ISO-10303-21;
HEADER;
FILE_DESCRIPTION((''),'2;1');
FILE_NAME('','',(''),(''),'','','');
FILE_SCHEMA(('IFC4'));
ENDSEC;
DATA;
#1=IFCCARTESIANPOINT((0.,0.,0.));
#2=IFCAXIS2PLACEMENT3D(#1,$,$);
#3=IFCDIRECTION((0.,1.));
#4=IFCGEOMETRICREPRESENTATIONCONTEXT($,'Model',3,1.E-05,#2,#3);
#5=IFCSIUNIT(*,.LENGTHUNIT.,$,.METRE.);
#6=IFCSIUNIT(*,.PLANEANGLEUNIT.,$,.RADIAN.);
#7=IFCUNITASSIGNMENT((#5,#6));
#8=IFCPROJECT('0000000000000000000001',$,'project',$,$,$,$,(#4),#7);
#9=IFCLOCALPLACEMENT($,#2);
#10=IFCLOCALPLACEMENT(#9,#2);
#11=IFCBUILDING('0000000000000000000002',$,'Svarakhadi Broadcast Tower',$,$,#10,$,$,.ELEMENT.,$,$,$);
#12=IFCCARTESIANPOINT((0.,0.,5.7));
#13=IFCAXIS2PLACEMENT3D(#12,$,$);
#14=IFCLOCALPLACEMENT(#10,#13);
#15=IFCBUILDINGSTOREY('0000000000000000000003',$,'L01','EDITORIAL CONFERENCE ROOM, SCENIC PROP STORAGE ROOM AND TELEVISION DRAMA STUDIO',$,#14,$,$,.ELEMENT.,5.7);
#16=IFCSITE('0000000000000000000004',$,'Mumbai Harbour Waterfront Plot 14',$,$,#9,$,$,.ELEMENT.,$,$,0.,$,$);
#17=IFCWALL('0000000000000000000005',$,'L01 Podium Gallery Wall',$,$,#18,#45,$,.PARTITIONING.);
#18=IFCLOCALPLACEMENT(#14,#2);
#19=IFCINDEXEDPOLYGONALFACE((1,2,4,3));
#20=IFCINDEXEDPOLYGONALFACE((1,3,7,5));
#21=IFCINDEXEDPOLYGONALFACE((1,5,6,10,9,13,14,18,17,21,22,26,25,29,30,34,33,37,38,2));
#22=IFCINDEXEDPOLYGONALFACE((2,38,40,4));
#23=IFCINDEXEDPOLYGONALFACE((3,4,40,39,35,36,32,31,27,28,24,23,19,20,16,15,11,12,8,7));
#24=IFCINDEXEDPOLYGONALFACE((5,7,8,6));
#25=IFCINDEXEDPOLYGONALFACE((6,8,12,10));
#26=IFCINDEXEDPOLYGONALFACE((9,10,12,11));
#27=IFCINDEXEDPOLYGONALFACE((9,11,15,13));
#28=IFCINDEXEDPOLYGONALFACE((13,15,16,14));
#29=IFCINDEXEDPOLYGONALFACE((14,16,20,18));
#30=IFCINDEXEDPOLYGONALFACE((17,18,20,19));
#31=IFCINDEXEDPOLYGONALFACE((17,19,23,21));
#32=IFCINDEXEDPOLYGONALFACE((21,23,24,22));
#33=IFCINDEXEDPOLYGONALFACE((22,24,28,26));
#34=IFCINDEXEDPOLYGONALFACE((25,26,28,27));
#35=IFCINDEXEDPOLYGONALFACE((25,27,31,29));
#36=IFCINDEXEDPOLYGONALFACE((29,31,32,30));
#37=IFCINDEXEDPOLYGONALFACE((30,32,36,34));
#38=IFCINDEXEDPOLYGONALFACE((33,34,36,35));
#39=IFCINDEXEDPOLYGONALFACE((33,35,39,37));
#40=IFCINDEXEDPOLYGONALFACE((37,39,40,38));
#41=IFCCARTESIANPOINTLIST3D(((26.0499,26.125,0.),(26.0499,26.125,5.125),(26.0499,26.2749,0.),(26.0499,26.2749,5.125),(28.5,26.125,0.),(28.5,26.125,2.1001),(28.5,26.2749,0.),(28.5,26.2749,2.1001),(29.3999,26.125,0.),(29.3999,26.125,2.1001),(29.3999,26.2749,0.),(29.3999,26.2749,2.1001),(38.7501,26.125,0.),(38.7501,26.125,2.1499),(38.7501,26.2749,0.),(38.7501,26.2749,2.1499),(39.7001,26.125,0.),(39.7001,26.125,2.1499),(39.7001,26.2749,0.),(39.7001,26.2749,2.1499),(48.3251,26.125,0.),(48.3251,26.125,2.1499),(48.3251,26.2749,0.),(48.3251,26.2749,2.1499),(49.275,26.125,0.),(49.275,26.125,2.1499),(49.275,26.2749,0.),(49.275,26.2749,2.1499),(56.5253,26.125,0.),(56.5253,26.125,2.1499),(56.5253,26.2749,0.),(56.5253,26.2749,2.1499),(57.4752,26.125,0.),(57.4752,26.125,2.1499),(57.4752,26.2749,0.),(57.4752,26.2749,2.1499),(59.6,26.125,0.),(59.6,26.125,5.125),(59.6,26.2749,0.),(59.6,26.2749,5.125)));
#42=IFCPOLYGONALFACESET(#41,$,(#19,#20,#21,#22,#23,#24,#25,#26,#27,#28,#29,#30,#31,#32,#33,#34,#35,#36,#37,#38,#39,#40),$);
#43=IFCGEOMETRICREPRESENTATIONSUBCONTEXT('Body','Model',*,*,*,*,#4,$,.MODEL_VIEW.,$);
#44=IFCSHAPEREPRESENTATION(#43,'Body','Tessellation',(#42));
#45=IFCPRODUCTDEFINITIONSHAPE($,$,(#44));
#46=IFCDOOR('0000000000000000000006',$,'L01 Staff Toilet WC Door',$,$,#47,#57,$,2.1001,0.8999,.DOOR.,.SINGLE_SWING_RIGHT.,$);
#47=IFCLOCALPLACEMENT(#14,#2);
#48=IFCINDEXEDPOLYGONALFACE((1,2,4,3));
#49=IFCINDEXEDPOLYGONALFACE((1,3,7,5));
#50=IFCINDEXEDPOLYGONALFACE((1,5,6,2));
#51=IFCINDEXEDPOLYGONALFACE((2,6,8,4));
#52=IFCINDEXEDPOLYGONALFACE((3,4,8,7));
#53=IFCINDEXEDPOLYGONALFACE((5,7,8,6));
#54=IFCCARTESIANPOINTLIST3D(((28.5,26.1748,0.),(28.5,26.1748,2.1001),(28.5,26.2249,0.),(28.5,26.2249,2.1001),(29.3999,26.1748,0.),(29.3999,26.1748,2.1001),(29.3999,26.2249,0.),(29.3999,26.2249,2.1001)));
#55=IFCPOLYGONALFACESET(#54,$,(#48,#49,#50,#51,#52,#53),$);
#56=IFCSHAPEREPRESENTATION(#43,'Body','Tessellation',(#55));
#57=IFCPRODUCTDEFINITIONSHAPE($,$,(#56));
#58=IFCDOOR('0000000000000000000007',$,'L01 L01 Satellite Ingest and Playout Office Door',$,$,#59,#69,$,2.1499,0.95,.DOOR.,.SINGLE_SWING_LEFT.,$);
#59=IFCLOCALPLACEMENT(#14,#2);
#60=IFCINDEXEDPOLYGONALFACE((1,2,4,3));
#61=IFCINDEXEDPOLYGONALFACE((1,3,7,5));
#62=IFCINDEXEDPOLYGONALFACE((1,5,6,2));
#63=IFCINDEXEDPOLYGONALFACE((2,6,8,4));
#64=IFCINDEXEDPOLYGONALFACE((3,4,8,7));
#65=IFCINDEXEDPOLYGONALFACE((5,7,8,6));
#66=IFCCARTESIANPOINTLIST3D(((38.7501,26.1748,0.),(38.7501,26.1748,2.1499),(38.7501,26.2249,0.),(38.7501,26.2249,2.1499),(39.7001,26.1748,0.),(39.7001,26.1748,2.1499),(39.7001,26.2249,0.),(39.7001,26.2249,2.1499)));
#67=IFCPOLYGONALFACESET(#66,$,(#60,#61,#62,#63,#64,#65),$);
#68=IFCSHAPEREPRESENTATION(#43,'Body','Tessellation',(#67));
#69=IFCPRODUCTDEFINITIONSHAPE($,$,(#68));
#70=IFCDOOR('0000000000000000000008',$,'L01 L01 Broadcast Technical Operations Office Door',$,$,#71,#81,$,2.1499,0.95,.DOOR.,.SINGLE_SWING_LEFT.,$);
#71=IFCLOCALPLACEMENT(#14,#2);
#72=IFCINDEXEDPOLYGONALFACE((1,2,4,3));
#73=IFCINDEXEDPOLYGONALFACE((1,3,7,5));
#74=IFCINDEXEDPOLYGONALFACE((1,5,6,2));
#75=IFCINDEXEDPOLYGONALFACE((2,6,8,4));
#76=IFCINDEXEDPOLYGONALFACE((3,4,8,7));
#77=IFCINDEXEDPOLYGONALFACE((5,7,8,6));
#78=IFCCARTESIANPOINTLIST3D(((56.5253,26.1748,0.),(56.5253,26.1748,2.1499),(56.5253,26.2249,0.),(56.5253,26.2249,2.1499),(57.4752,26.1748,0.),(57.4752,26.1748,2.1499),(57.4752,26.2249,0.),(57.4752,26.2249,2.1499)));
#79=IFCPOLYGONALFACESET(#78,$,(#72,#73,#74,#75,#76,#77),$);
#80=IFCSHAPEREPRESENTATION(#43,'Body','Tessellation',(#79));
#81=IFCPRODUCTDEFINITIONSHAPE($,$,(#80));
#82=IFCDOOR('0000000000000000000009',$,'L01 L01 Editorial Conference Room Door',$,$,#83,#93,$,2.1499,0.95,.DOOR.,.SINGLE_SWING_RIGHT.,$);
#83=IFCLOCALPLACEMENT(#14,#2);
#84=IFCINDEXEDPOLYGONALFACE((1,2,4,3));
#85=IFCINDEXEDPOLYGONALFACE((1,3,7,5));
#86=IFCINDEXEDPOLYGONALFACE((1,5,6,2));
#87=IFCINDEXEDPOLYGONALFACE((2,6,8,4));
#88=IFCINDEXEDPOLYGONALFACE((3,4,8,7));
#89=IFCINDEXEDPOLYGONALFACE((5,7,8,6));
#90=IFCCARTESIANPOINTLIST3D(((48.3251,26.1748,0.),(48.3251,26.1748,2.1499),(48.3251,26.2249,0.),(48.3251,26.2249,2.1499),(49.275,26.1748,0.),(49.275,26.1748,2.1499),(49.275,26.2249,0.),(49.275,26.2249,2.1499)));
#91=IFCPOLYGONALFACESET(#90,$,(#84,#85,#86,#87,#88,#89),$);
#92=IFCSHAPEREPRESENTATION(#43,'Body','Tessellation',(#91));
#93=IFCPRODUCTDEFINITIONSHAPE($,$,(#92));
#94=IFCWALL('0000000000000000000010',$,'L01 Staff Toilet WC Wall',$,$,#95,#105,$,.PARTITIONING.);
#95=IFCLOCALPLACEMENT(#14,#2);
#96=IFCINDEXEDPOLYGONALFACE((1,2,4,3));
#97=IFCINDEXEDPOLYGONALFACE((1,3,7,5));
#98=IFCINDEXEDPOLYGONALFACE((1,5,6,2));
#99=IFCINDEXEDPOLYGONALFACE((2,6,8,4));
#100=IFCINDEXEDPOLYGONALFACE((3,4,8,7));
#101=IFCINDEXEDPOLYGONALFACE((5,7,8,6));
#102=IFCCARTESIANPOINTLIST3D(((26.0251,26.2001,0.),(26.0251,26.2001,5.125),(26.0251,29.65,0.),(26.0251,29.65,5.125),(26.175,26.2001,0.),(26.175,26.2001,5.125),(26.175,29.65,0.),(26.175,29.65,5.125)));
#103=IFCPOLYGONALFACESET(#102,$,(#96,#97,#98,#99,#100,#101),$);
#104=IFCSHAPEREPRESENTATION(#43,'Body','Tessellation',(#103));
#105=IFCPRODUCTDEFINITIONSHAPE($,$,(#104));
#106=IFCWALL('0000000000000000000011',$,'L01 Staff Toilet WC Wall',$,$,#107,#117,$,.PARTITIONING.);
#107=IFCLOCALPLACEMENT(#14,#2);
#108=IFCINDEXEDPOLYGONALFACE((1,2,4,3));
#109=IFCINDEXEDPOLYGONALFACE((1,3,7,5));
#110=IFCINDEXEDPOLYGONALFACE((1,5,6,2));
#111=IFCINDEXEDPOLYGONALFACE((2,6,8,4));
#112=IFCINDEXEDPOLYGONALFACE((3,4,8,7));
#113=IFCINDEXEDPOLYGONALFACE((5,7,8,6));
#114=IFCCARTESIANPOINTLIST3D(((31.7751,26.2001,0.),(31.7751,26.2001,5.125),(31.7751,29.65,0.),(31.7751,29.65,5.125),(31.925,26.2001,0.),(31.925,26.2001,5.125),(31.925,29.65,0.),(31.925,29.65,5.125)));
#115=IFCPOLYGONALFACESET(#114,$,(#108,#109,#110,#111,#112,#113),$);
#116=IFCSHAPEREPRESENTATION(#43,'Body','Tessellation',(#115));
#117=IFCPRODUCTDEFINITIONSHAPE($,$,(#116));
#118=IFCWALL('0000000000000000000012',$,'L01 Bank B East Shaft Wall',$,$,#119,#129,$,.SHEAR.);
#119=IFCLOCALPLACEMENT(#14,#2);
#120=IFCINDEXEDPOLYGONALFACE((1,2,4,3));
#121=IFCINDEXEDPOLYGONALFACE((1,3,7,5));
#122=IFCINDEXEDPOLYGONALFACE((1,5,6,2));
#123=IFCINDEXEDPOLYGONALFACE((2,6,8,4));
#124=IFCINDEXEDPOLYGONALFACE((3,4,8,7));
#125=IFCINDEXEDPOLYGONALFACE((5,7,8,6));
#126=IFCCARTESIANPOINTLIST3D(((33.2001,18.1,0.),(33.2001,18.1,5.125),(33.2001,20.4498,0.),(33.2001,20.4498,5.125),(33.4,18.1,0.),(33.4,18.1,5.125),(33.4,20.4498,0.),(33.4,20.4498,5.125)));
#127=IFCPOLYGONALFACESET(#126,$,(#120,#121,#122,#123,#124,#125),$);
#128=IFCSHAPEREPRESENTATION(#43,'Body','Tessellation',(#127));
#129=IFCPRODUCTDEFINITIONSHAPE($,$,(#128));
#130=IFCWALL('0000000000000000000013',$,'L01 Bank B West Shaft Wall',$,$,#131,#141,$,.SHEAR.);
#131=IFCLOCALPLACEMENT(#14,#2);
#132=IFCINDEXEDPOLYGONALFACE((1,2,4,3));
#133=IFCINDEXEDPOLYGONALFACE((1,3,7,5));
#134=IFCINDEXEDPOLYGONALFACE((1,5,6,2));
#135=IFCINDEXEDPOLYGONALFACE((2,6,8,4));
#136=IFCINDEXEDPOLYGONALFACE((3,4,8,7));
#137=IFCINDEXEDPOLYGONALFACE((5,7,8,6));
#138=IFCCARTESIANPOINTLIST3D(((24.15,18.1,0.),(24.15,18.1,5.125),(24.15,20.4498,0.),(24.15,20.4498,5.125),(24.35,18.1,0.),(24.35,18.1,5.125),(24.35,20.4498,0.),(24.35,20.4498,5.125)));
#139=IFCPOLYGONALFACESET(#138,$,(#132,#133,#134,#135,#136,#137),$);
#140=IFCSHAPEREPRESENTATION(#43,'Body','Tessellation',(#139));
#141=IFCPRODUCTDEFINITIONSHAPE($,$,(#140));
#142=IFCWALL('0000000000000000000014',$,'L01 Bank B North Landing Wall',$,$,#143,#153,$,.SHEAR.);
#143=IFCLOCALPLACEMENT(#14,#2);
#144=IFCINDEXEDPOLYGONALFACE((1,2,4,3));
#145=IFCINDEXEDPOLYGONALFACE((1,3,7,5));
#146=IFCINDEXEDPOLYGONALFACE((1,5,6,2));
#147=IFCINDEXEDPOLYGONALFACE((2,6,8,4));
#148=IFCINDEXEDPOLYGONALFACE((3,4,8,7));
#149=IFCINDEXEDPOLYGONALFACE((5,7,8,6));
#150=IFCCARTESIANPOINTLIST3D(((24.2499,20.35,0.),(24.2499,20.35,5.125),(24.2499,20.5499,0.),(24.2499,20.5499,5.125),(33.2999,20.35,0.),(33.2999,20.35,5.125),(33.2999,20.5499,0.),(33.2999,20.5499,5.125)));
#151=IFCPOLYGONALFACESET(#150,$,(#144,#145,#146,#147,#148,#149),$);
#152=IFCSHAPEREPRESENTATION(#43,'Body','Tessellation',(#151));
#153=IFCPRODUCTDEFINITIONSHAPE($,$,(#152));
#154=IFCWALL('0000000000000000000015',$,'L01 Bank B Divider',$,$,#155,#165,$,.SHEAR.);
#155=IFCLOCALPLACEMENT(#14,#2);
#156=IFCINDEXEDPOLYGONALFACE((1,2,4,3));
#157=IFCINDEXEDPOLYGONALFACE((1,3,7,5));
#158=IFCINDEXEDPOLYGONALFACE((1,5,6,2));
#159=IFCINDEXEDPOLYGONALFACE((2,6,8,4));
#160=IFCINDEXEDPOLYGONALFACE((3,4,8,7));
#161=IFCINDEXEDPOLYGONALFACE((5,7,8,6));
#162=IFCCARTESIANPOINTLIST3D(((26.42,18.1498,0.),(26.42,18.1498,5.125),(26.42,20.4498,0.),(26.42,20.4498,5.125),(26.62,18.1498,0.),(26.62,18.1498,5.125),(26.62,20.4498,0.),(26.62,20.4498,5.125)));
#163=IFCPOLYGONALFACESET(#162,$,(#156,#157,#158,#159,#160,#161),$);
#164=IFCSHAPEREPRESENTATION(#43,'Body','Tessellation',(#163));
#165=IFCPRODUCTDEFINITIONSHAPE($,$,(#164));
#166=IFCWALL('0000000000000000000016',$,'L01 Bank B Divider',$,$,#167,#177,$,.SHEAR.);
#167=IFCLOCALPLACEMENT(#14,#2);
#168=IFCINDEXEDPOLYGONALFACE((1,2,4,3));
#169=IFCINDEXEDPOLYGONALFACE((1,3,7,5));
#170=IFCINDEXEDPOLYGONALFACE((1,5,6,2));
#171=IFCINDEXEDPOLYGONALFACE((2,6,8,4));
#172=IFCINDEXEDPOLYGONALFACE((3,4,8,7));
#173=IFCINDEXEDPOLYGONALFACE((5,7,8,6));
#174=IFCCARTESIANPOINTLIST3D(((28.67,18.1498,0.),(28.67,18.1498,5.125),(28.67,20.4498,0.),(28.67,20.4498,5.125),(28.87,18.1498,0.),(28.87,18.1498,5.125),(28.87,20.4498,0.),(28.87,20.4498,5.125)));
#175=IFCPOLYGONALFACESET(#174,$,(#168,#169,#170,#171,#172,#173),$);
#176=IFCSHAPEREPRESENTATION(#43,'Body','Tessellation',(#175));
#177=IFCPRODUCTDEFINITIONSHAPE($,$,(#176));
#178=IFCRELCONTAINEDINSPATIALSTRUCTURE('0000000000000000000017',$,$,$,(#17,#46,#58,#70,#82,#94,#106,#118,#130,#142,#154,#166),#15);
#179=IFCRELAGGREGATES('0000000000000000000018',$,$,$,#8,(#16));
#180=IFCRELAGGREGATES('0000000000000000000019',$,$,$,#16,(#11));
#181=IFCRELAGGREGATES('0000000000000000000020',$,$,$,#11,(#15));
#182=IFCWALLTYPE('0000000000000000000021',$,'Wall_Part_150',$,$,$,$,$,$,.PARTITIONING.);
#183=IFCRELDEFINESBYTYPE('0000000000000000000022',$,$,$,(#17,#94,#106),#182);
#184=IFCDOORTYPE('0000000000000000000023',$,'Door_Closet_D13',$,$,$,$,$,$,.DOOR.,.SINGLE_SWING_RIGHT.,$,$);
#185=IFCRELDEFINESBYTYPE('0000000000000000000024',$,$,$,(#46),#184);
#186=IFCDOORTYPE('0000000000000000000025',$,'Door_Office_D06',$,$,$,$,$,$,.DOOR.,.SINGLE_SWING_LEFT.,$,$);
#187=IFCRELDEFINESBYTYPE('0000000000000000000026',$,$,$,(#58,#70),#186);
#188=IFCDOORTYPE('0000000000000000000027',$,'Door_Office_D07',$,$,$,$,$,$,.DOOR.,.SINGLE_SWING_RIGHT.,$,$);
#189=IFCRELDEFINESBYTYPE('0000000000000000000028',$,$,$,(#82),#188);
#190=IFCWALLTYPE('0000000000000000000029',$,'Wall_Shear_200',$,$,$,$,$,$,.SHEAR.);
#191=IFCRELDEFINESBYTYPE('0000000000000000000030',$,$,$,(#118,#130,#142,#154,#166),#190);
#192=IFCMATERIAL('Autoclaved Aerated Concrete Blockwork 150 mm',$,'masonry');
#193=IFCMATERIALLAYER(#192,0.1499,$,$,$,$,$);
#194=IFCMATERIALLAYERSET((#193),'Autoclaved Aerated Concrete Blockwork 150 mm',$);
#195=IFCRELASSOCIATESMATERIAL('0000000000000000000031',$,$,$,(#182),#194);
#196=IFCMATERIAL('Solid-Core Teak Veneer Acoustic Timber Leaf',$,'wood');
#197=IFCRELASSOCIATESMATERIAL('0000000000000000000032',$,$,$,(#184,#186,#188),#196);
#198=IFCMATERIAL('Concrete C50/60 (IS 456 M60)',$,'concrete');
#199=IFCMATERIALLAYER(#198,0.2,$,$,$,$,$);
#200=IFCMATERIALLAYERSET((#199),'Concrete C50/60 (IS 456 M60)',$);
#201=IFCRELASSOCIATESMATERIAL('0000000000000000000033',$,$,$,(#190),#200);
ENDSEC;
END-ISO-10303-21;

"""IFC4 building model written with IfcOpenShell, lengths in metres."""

from ifc_helpers import new_model, si_unit, direction, frame, frame_2d, origin, place, context, subcontext, project, spatial, rectangle, extrude, material, layer, layer_set, type_object, element, fill, save


model = new_model("IFC4")

# Units and contexts
model_context = context("Model", 3, precision=1e-05, world=origin(), true_north=direction((0.0, 1.0)))
body_context = subcontext(model_context, "Body", "Model", "MODEL_VIEW")
ifc_project = project(units=[si_unit("LENGTHUNIT", "METRE"), si_unit("PLANEANGLEUNIT", "RADIAN")], contexts=[model_context])

# Site, building, storey
site_placement = place(None, origin())
site = spatial("IfcSite", under=ifc_project, at=site_placement, Name="Mumbai Harbour Waterfront Plot 14", CompositionType="ELEMENT", RefElevation=0.0)
building_placement = place(site_placement, origin())
building = spatial("IfcBuilding", under=site, at=building_placement, Name="Svarakhadi Broadcast Tower", CompositionType="ELEMENT")
storey_placement = place(building_placement, frame((0.0, 0.0, 5.7)))
storey = spatial("IfcBuildingStorey", under=building, at=storey_placement, Name="L01", Description="EDITORIAL CONFERENCE ROOM, SCENIC PROP STORAGE ROOM AND TELEVISION DRAMA STUDIO", CompositionType="ELEMENT", Elevation=5.7)

# Wall, openings, doors
ifc_material_1 = material(Name="Autoclaved Aerated Concrete Blockwork 150 mm", Category="masonry")
ifc_layer_1 = layer(ifc_material_1, 0.1499)
ifc_layer_set_1 = layer_set([ifc_layer_1], Name="Autoclaved Aerated Concrete Blockwork 150 mm")
wall_type_1 = type_object("IfcWallType", Name="Wall_Part_150", PredefinedType="PARTITIONING", material=ifc_layer_set_1)
wall_1_placement = place(storey_placement, frame((26.05, 26.2, 0.0), z_axis=(0.0, 0.0, 1.0), x_axis=(1.0, 0.0, 0.0)))
wall_1 = element("IfcWall", 1, at=wall_1_placement, inside=storey, type_object=wall_type_1, Name="L01 Podium Gallery Wall", PredefinedType="PARTITIONING", context=body_context, shape_type="SweptSolid", body=[
    extrude(rectangle(XDim=33.55, YDim=0.1499, at=frame_2d((16.7749, 0.0))), origin(), (0.0, 0.0, 1.0), 5.125),
])
opening_1_placement = place(wall_1_placement, frame((2.45, 0.0, 0.0)))
opening_1 = element("IfcOpeningElement", 2, at=opening_1_placement, cuts=wall_1, PredefinedType="OPENING", context=body_context, shape_type="SweptSolid", body=[
    extrude(rectangle(XDim=0.8999, YDim=2.1001, at=frame_2d((0.45, 1.05))), frame((0.0, 0.085, 0.0), z_axis=(0.0, -1.0, 0.0), x_axis=(1.0, 0.0, 0.0)), (0.0, 0.0, 1.0), 0.1699),
])
opening_2_placement = place(wall_1_placement, frame((12.7, 0.0, 0.0)))
opening_2 = element("IfcOpeningElement", 3, at=opening_2_placement, cuts=wall_1, PredefinedType="OPENING", context=body_context, shape_type="SweptSolid", body=[
    extrude(rectangle(XDim=0.95, YDim=2.1499, at=frame_2d((0.4751, 1.075))), frame((0.0, 0.085, 0.0), z_axis=(0.0, -1.0, 0.0), x_axis=(1.0, 0.0, 0.0)), (0.0, 0.0, 1.0), 0.1699),
])
opening_3_placement = place(wall_1_placement, frame((22.2749, 0.0, 0.0)))
opening_3 = element("IfcOpeningElement", 4, at=opening_3_placement, cuts=wall_1, PredefinedType="OPENING", context=body_context, shape_type="SweptSolid", body=[
    extrude(rectangle(XDim=0.95, YDim=2.1499, at=frame_2d((0.4751, 1.075))), frame((0.0, 0.085, 0.0), z_axis=(0.0, -1.0, 0.0), x_axis=(1.0, 0.0, 0.0)), (0.0, 0.0, 1.0), 0.1699),
])
opening_4_placement = place(wall_1_placement, frame((30.4751, 0.0, 0.0)))
opening_4 = element("IfcOpeningElement", 5, at=opening_4_placement, cuts=wall_1, PredefinedType="OPENING", context=body_context, shape_type="SweptSolid", body=[
    extrude(rectangle(XDim=0.95, YDim=2.1499, at=frame_2d((0.4751, 1.075))), frame((0.0, 0.085, 0.0), z_axis=(0.0, -1.0, 0.0), x_axis=(1.0, 0.0, 0.0)), (0.0, 0.0, 1.0), 0.1699),
])
ifc_material_2 = material(Name="Solid-Core Teak Veneer Acoustic Timber Leaf", Category="wood")
door_type_1 = type_object("IfcDoorType", Name="Door_Closet_D13", OperationType="SINGLE_SWING_RIGHT", PredefinedType="DOOR", material=ifc_material_2)
door_1_placement = place(opening_1_placement, origin())
door_1 = element("IfcDoor", 6, at=door_1_placement, inside=storey, type_object=door_type_1, Name="L01 Staff Toilet WC Door", OperationType="SINGLE_SWING_RIGHT", OverallHeight=2.1001, OverallWidth=0.8999, PredefinedType="DOOR", context=body_context, shape_type="SweptSolid", body=[
    extrude(rectangle(XDim=0.8999, YDim=2.1001, at=frame_2d((0.45, 1.05))), frame((0.0, 0.0249, 0.0), z_axis=(0.0, -1.0, 0.0), x_axis=(1.0, 0.0, 0.0)), (0.0, 0.0, 1.0), 0.05),
])
fill(opening_1, door_1)
door_type_2 = type_object("IfcDoorType", Name="Door_Office_D06", OperationType="SINGLE_SWING_LEFT", PredefinedType="DOOR", material=ifc_material_2)
door_2_placement = place(opening_2_placement, origin())
door_2 = element("IfcDoor", 7, at=door_2_placement, inside=storey, type_object=door_type_2, Name="L01 L01 Satellite Ingest and Playout Office Door", OperationType="SINGLE_SWING_LEFT", OverallHeight=2.1499, OverallWidth=0.95, PredefinedType="DOOR", context=body_context, shape_type="SweptSolid", body=[
    extrude(rectangle(XDim=0.95, YDim=2.1499, at=frame_2d((0.4751, 1.075))), frame((0.0, 0.0249, 0.0), z_axis=(0.0, -1.0, 0.0), x_axis=(1.0, 0.0, 0.0)), (0.0, 0.0, 1.0), 0.05),
])
fill(opening_2, door_2)
door_3_placement = place(opening_4_placement, origin())
door_3 = element("IfcDoor", 8, at=door_3_placement, inside=storey, type_object=door_type_2, Name="L01 L01 Broadcast Technical Operations Office Door", OperationType="SINGLE_SWING_LEFT", OverallHeight=2.1499, OverallWidth=0.95, PredefinedType="DOOR", context=body_context, shape_type="SweptSolid", body=[
    extrude(rectangle(XDim=0.95, YDim=2.1499, at=frame_2d((0.4751, 1.075))), frame((0.0, 0.0249, 0.0), z_axis=(0.0, -1.0, 0.0), x_axis=(1.0, 0.0, 0.0)), (0.0, 0.0, 1.0), 0.05),
])
fill(opening_4, door_3)
door_type_3 = type_object("IfcDoorType", Name="Door_Office_D07", OperationType="SINGLE_SWING_RIGHT", PredefinedType="DOOR", material=ifc_material_2)
door_4_placement = place(opening_3_placement, origin())
door_4 = element("IfcDoor", 9, at=door_4_placement, inside=storey, type_object=door_type_3, Name="L01 L01 Editorial Conference Room Door", OperationType="SINGLE_SWING_RIGHT", OverallHeight=2.1499, OverallWidth=0.95, PredefinedType="DOOR", context=body_context, shape_type="SweptSolid", body=[
    extrude(rectangle(XDim=0.95, YDim=2.1499, at=frame_2d((0.4751, 1.075))), frame((0.0, 0.0249, 0.0), z_axis=(0.0, -1.0, 0.0), x_axis=(1.0, 0.0, 0.0)), (0.0, 0.0, 1.0), 0.05),
])
fill(opening_3, door_4)

# Walls
for number, where, z_axis, x_axis, name in (
    (10, (26.1001, 26.2, 0.0), (0.0, 0.0, 1.0), (0.0, 1.0, 0.0), "L01 Staff Toilet WC Wall"),
    (11, (31.8501, 26.2, 0.0), (0.0, 0.0, 1.0), (0.0, 1.0, 0.0), "L01 Staff Toilet WC Wall"),
):
    element("IfcWall", number, at=place(storey_placement, frame(where, z_axis=z_axis, x_axis=x_axis)), inside=storey, type_object=wall_type_1, Name=name, PredefinedType="PARTITIONING", context=body_context, shape_type="SweptSolid", body=[
        extrude(rectangle(XDim=3.45, YDim=0.1499, at=frame_2d((1.7251, 0.0))), origin(), (0.0, 0.0, 1.0), 5.125),
    ])
ifc_material_3 = material(Name="Concrete C50/60 (IS 456 M60)", Category="concrete")
ifc_layer_2 = layer(ifc_material_3, 0.2)
ifc_layer_set_2 = layer_set([ifc_layer_2], Name="Concrete C50/60 (IS 456 M60)")
wall_type_2 = type_object("IfcWallType", Name="Wall_Shear_200", PredefinedType="SHEAR", material=ifc_layer_set_2)
for number, where, z_axis, x_axis, name in (
    (12, (33.3, 18.1001, 0.0), (0.0, 0.0, 1.0), (0.0, 1.0, 0.0), "L01 Bank B East Shaft Wall"),
    (13, (24.25, 18.1001, 0.0), (0.0, 0.0, 1.0), (0.0, 1.0, 0.0), "L01 Bank B West Shaft Wall"),
):
    element("IfcWall", number, at=place(storey_placement, frame(where, z_axis=z_axis, x_axis=x_axis)), inside=storey, type_object=wall_type_2, Name=name, PredefinedType="SHEAR", context=body_context, shape_type="SweptSolid", body=[
        extrude(rectangle(XDim=2.3499, YDim=0.2, at=frame_2d((1.1748, 0.0))), origin(), (0.0, 0.0, 1.0), 5.125),
    ])
wall_2_placement = place(storey_placement, frame((24.25, 20.45, 0.0), z_axis=(0.0, 0.0, 1.0), x_axis=(1.0, 0.0, 0.0)))
element("IfcWall", 14, at=wall_2_placement, inside=storey, type_object=wall_type_2, Name="L01 Bank B North Landing Wall", PredefinedType="SHEAR", context=body_context, shape_type="SweptSolid", body=[
    extrude(rectangle(XDim=9.05, YDim=0.2, at=frame_2d((4.5249, 0.0))), origin(), (0.0, 0.0, 1.0), 5.125),
])
for number, where, z_axis, x_axis, name in (
    (15, (26.52, 18.1499, 0.0), (0.0, 0.0, 1.0), (0.0, 1.0, 0.0), "L01 Bank B Divider"),
    (16, (28.77, 18.1499, 0.0), (0.0, 0.0, 1.0), (0.0, 1.0, 0.0), "L01 Bank B Divider"),
):
    element("IfcWall", number, at=place(storey_placement, frame(where, z_axis=z_axis, x_axis=x_axis)), inside=storey, type_object=wall_type_2, Name=name, PredefinedType="SHEAR", context=body_context, shape_type="SweptSolid", body=[
        extrude(rectangle(XDim=2.3, YDim=0.2, at=frame_2d((1.1499, 0.0))), origin(), (0.0, 0.0, 1.0), 5.125),
    ])

save(model, "model.ifc")
